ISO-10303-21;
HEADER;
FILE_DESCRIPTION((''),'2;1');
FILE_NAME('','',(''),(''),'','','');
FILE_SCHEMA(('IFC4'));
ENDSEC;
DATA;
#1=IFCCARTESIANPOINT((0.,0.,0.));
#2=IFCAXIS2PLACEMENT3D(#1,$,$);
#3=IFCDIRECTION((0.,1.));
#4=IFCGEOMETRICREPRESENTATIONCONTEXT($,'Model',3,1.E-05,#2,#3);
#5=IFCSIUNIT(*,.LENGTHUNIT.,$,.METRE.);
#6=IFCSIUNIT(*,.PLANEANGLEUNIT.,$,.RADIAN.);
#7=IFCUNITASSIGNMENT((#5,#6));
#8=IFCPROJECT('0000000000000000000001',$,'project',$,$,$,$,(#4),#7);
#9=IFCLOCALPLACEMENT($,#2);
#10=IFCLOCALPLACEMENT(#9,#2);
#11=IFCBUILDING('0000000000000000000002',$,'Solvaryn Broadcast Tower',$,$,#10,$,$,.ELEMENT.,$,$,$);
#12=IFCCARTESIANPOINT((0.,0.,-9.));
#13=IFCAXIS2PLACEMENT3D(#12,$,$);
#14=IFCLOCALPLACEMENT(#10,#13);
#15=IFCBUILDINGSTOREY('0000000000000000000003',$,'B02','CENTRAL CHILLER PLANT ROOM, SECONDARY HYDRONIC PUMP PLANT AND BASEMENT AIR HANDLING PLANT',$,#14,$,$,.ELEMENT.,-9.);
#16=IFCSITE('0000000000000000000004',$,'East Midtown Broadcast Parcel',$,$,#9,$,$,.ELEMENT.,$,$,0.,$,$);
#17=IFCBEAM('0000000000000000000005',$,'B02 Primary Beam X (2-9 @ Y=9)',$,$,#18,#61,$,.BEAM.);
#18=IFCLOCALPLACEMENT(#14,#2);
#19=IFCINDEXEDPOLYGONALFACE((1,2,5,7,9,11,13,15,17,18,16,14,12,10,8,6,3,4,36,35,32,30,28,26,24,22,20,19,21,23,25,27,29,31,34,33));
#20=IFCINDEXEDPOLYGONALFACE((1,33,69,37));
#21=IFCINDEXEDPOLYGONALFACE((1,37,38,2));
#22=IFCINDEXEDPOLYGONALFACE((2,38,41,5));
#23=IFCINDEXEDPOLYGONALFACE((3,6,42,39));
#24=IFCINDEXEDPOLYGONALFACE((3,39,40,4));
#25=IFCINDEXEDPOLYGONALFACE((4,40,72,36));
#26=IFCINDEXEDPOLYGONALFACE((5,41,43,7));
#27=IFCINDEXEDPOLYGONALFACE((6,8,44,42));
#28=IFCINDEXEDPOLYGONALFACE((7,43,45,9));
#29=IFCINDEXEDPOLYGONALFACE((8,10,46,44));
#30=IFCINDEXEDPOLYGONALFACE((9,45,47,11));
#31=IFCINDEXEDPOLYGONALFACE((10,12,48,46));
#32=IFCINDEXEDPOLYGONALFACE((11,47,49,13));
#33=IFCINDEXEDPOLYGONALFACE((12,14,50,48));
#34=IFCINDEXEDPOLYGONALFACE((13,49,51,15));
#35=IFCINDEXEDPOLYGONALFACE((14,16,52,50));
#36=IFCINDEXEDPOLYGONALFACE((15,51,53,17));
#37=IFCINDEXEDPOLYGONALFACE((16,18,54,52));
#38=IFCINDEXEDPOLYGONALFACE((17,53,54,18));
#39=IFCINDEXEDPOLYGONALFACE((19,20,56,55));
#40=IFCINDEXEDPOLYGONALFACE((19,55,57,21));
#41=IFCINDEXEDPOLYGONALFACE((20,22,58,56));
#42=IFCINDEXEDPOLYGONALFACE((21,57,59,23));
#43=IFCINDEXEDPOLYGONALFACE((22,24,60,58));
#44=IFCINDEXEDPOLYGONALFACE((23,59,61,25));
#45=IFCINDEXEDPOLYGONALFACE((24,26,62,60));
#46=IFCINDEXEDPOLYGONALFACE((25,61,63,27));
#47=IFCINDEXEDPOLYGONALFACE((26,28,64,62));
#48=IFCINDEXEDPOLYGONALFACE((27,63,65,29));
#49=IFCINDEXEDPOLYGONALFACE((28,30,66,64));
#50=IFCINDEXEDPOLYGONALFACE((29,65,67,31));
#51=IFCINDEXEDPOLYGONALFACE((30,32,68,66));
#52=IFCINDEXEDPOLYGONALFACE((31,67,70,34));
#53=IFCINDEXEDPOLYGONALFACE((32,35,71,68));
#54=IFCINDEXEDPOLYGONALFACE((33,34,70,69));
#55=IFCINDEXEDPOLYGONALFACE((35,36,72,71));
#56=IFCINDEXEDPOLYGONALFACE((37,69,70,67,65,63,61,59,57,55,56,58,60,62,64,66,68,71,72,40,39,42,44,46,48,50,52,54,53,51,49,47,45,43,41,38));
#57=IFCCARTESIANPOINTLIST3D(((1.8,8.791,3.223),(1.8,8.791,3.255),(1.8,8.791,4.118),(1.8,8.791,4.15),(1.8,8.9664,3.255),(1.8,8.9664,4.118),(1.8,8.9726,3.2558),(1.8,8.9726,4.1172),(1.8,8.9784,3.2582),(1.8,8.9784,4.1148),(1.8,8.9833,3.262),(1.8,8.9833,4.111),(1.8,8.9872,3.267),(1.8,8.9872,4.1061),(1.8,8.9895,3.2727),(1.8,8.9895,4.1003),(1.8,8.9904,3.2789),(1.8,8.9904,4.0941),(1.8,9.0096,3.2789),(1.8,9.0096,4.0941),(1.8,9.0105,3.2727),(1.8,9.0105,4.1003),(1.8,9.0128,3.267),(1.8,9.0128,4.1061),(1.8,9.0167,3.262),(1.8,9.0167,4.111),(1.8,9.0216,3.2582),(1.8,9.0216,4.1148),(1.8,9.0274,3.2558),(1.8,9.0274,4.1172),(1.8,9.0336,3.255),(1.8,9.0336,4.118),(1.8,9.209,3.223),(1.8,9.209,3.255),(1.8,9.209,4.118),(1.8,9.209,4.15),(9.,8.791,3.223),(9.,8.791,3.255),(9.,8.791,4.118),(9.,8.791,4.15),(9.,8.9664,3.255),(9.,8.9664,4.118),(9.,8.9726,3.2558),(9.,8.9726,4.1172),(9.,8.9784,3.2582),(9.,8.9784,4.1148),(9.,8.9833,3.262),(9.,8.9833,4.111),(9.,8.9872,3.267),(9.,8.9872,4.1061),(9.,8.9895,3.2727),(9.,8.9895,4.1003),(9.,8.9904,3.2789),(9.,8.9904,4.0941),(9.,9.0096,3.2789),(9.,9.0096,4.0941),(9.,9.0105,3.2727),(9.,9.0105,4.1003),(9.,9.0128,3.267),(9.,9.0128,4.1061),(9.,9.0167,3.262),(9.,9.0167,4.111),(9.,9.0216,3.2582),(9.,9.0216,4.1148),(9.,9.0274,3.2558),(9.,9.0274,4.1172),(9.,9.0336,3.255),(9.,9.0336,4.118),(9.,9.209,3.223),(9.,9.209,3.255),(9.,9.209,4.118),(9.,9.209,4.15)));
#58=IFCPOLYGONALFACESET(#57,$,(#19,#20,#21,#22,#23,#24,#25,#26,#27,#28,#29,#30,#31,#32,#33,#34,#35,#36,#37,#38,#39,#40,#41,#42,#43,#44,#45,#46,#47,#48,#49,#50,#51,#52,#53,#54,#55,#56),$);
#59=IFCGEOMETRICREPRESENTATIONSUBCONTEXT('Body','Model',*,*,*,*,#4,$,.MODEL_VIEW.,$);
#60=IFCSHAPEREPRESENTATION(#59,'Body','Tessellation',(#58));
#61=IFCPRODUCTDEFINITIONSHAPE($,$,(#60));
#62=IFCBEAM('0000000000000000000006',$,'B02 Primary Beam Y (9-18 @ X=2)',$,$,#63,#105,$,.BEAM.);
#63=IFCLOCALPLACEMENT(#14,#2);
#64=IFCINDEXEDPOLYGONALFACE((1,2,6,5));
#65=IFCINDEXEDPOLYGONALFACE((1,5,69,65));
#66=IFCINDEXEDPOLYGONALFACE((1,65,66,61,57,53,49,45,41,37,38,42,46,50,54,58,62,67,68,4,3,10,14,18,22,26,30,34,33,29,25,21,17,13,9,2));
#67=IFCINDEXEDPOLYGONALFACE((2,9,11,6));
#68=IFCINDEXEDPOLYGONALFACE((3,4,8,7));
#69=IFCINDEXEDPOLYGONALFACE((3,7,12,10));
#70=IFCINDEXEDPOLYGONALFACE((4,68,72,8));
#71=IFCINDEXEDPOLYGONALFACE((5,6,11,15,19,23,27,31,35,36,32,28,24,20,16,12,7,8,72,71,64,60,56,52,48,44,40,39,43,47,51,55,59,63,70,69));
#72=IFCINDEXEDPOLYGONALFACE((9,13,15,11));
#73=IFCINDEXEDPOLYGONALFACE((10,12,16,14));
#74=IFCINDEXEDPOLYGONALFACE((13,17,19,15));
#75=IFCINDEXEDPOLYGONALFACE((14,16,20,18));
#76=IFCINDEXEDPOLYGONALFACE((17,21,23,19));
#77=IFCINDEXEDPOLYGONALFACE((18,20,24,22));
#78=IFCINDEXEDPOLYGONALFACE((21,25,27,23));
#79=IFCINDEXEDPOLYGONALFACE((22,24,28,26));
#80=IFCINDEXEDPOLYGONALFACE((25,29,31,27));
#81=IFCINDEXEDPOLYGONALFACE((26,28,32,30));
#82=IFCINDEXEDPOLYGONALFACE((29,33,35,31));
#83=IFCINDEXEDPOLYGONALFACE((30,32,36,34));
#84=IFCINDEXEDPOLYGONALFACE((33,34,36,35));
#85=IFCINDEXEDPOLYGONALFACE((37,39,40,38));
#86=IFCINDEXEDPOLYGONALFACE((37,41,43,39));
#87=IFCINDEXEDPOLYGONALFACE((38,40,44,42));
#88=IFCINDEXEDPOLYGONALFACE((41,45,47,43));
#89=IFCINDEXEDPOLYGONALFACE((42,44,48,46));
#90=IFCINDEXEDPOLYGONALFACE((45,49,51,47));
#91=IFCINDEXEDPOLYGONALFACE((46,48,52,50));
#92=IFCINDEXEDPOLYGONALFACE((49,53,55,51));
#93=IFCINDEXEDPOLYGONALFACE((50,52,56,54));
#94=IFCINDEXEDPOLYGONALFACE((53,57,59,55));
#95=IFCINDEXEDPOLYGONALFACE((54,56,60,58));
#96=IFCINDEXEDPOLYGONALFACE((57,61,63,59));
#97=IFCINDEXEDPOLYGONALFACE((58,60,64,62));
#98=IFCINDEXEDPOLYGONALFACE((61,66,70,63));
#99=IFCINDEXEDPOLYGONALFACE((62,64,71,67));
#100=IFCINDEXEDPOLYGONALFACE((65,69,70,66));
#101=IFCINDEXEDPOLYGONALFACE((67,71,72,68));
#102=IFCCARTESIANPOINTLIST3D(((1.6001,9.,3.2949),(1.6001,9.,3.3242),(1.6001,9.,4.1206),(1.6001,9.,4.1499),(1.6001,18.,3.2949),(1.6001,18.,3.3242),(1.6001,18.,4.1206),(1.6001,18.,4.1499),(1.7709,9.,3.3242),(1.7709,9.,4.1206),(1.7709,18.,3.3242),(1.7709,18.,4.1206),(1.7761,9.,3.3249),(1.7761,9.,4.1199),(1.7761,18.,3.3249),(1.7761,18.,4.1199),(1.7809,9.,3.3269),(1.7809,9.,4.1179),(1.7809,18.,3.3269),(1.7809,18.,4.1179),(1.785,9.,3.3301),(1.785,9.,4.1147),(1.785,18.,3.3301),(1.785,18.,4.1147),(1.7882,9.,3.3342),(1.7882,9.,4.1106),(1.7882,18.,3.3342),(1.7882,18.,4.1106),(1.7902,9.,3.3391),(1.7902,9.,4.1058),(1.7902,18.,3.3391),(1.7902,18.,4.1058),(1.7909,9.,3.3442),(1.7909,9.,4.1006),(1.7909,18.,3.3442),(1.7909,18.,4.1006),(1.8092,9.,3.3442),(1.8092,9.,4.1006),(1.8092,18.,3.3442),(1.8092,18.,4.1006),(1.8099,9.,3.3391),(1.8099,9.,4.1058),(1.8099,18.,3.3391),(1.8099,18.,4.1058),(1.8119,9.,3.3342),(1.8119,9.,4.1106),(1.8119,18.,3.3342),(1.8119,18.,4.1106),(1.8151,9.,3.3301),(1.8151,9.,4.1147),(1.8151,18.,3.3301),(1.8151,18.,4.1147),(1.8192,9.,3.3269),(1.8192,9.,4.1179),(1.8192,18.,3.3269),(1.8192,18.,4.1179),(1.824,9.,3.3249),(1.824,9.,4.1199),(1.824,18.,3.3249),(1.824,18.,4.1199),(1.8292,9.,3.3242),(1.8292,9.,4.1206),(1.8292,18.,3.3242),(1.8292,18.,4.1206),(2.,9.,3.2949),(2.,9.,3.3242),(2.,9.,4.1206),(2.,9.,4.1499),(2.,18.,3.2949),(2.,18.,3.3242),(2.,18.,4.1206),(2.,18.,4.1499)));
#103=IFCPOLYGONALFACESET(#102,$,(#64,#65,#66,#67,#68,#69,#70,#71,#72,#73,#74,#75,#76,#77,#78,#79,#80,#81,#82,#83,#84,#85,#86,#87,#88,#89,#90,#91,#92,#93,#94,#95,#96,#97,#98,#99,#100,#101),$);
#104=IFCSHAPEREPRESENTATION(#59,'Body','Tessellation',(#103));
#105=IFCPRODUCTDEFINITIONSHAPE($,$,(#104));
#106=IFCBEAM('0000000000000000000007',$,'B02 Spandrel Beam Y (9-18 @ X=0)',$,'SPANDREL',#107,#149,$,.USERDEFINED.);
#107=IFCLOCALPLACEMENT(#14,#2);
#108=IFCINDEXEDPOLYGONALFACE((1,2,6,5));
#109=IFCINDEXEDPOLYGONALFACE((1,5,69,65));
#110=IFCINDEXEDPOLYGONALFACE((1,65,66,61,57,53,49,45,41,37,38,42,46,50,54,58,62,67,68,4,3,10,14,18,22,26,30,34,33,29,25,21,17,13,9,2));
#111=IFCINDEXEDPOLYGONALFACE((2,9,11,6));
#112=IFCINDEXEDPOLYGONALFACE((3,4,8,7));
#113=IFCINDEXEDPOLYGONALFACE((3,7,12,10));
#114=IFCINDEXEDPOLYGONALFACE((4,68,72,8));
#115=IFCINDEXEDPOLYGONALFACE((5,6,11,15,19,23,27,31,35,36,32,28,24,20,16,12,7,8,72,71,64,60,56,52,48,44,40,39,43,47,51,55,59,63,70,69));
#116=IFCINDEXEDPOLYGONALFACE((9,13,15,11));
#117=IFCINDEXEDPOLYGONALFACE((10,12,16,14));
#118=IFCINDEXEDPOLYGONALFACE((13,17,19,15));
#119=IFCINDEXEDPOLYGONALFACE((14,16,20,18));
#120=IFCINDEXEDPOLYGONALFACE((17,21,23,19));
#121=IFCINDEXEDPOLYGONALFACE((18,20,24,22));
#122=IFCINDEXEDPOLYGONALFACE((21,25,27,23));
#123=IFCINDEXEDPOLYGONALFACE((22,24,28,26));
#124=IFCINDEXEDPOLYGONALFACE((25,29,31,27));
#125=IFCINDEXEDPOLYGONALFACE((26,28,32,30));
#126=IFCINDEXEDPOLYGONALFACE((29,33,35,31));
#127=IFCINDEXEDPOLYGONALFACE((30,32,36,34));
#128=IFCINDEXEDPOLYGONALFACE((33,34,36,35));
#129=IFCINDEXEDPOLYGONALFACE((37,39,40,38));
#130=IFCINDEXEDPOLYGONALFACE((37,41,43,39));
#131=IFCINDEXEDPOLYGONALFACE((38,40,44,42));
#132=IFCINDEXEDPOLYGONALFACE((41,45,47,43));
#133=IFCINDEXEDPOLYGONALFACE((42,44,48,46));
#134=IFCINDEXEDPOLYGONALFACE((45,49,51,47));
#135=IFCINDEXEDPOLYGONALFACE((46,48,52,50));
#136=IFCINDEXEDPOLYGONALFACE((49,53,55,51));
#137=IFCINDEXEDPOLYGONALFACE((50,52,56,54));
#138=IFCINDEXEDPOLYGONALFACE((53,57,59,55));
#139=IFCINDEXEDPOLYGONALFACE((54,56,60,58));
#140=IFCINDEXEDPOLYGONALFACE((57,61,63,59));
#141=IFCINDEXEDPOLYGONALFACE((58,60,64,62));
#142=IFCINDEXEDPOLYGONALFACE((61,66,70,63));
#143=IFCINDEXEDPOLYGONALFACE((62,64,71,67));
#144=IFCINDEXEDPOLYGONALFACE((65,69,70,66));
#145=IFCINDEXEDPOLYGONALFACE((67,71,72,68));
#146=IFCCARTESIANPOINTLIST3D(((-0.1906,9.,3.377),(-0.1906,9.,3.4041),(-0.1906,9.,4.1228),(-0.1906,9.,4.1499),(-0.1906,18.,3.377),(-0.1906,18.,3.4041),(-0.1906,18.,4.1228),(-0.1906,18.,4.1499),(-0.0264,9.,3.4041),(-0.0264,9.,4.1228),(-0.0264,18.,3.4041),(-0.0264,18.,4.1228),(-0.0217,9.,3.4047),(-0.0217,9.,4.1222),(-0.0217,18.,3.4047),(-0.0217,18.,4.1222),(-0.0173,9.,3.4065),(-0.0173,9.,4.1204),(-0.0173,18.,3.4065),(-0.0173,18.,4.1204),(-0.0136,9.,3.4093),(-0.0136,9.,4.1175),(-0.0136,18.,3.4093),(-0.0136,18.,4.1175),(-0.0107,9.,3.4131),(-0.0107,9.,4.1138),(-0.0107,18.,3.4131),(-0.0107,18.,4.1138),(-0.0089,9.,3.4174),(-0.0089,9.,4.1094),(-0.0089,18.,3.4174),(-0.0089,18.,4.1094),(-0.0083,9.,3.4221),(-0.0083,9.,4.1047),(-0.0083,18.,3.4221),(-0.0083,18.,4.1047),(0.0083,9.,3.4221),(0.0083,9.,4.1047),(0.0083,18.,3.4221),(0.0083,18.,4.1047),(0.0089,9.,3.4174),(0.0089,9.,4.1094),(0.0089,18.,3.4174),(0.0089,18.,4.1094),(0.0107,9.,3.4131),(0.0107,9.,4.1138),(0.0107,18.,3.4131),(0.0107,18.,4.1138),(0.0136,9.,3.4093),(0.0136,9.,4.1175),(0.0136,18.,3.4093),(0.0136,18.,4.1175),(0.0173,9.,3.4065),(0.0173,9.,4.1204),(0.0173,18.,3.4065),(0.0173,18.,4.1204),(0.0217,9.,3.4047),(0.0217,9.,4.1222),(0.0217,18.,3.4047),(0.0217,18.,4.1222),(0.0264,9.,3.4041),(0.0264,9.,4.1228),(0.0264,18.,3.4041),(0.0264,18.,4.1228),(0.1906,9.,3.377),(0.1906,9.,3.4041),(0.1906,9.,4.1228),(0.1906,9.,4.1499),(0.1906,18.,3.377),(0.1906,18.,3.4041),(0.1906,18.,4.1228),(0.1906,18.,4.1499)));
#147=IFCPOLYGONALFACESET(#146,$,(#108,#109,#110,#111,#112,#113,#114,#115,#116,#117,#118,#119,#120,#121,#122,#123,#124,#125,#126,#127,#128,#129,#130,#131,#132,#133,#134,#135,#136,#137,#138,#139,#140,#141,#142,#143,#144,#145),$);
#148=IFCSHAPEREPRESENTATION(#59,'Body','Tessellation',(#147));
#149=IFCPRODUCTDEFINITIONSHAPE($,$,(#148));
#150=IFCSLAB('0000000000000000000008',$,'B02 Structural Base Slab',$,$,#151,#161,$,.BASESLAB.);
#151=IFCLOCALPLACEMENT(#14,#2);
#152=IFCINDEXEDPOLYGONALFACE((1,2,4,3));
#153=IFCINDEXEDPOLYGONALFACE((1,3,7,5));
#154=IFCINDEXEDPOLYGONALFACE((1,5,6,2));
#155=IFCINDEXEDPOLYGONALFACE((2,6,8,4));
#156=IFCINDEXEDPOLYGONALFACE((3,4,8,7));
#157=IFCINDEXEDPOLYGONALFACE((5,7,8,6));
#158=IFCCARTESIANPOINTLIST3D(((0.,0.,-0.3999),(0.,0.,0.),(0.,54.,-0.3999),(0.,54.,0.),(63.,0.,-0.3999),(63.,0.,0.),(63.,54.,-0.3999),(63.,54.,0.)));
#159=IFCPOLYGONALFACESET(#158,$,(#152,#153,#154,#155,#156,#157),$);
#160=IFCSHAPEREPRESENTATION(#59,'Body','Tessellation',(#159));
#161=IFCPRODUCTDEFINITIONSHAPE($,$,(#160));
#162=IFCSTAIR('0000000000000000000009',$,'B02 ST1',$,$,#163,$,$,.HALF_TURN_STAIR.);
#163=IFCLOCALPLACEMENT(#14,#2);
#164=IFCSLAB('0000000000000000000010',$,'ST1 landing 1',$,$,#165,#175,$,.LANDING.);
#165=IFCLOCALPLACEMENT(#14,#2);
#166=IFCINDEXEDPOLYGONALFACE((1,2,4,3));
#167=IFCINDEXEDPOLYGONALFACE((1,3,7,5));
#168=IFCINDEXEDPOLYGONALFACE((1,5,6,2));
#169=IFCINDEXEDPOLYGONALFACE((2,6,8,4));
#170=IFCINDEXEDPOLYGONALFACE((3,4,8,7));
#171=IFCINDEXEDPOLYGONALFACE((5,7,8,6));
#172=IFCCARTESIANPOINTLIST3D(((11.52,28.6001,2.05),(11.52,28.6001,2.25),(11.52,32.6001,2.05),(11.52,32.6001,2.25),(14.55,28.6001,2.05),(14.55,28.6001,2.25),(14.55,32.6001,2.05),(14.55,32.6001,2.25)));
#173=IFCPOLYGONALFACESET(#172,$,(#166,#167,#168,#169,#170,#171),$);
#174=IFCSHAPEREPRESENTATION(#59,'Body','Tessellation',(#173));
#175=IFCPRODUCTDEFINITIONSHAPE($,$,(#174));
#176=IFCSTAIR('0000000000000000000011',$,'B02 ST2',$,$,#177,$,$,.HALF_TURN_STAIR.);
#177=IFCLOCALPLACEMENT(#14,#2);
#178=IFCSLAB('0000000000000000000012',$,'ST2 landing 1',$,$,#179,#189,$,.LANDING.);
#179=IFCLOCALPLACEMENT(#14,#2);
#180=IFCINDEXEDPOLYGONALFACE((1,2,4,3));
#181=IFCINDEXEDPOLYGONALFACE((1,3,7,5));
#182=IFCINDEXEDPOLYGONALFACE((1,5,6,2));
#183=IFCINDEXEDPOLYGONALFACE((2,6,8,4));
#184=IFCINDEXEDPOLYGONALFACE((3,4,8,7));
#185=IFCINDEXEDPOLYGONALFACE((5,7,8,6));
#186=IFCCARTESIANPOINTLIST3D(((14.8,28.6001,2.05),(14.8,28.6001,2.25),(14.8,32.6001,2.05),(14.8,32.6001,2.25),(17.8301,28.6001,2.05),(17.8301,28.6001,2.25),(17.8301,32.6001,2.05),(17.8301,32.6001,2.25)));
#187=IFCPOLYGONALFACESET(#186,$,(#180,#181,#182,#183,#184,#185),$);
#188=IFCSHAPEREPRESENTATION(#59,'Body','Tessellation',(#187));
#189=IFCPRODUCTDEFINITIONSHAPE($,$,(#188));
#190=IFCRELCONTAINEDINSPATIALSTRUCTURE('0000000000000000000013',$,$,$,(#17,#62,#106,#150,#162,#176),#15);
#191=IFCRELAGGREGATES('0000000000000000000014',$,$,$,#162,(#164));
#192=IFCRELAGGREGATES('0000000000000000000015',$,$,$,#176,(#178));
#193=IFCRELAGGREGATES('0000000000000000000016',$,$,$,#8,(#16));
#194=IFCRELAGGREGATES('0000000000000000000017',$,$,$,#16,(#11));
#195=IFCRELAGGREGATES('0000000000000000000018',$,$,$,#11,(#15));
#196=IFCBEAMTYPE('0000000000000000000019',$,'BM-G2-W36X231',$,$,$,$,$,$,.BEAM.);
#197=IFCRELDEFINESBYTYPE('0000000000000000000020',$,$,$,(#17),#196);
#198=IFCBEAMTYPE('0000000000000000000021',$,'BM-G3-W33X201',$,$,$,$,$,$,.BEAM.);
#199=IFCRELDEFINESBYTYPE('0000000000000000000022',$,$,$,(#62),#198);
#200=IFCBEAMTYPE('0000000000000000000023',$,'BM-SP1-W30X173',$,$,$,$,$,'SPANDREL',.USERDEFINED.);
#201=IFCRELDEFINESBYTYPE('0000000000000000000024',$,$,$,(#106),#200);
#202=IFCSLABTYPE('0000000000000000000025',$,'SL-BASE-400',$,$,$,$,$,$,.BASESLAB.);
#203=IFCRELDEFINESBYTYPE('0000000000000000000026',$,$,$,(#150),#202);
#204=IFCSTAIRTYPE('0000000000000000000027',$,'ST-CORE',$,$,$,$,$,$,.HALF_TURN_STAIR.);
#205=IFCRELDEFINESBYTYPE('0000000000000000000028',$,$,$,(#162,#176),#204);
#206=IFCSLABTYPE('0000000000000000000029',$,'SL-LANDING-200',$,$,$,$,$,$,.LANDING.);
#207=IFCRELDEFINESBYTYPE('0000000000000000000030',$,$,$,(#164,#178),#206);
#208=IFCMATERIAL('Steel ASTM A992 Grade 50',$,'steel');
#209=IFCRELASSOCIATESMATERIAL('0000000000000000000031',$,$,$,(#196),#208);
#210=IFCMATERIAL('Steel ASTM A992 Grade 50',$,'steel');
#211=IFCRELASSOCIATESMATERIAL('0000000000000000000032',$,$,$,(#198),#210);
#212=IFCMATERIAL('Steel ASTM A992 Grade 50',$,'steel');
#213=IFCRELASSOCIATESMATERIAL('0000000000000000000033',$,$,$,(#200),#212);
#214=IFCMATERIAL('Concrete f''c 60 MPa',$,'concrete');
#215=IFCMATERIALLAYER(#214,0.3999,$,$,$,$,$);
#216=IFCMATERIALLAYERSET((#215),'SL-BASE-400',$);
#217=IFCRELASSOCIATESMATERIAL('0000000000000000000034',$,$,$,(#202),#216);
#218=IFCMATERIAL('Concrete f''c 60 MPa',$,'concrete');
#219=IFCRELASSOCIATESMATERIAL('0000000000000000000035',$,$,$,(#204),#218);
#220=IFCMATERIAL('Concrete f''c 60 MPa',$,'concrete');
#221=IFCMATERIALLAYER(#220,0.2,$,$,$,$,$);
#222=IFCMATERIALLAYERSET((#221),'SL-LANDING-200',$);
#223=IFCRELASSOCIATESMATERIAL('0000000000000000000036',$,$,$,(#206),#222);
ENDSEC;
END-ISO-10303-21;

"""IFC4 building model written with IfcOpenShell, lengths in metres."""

from ifc_helpers import new_model, si_unit, direction, frame, origin, origin_2d, place, context, subcontext, project, spatial, polyline, i_section, outline, extrude, material, layer, layer_set, material_profile, profile_set, type_object, element, aggregate, save


model = new_model("IFC4")

# Units and contexts
model_context = context("Model", 3, precision=1e-05, world=origin(), true_north=direction((0.0, 1.0)))
body_context = subcontext(model_context, "Body", "Model", "MODEL_VIEW")
ifc_project = project(units=[si_unit("LENGTHUNIT", "METRE"), si_unit("PLANEANGLEUNIT", "RADIAN")], contexts=[model_context])

# Site, building, storey
site_placement = place(None, origin())
site = spatial("IfcSite", under=ifc_project, at=site_placement, Name="East Midtown Broadcast Parcel", CompositionType="ELEMENT", RefElevation=0.0)
building_placement = place(site_placement, origin())
building = spatial("IfcBuilding", under=site, at=building_placement, Name="Solvaryn Broadcast Tower", CompositionType="ELEMENT")
storey_placement = place(building_placement, frame((0.0, 0.0, -9.0)))
storey = spatial("IfcBuildingStorey", under=building, at=storey_placement, Name="B02", Description="CENTRAL CHILLER PLANT ROOM, SECONDARY HYDRONIC PUMP PLANT AND BASEMENT AIR HANDLING PLANT", CompositionType="ELEMENT", Elevation=-9.0)

# Beams
ifc_material_1 = material(Name="Steel ASTM A992 Grade 50", Category="steel")
ifc_material_profile_1 = material_profile(ifc_material_1, i_section(OverallWidth=0.418, OverallDepth=0.927, WebThickness=0.0193, FlangeThickness=0.032, FilletRadius=0.0239, at=origin_2d()))
ifc_profile_set_1 = profile_set([ifc_material_profile_1], Name="Steel ASTM A992 Grade 50")
beam_type_1 = type_object("IfcBeamType", Name="BM-G2-W36X231", PredefinedType="BEAM", material=ifc_profile_set_1)
beam_1_placement = place(storey_placement, frame((1.8, 9.0, 3.6865), z_axis=(1.0, 0.0, 0.0), x_axis=(0.0, 1.0, 0.0)))
element("IfcBeam", 1, at=beam_1_placement, inside=storey, type_object=beam_type_1, Name="B02 Primary Beam X (2-9 @ Y=9)", PredefinedType="BEAM", context=body_context, shape_type="SweptSolid", body=[
    extrude(i_section(OverallWidth=0.418, OverallDepth=0.927, WebThickness=0.0193, FlangeThickness=0.032, FilletRadius=0.0239, at=origin_2d()), origin(), (0.0, 0.0, 1.0), 7.2),
])
ifc_material_2 = material(Name="Steel ASTM A992 Grade 50", Category="steel")
ifc_material_profile_2 = material_profile(ifc_material_2, i_section(OverallWidth=0.3999, OverallDepth=0.855, WebThickness=0.0183, FlangeThickness=0.0293, FilletRadius=0.02, at=origin_2d()))
ifc_profile_set_2 = profile_set([ifc_material_profile_2], Name="Steel ASTM A992 Grade 50")
beam_type_2 = type_object("IfcBeamType", Name="BM-G3-W33X201", PredefinedType="BEAM", material=ifc_profile_set_2)
beam_2_placement = place(storey_placement, frame((1.8, 9.0, 3.7224), z_axis=(0.0, 1.0, 0.0), x_axis=(-1.0, 0.0, 0.0)))
element("IfcBeam", 2, at=beam_2_placement, inside=storey, type_object=beam_type_2, Name="B02 Primary Beam Y (9-18 @ X=2)", PredefinedType="BEAM", context=body_context, shape_type="SweptSolid", body=[
    extrude(i_section(OverallWidth=0.3999, OverallDepth=0.855, WebThickness=0.0183, FlangeThickness=0.0293, FilletRadius=0.02, at=origin_2d()), origin(), (0.0, 0.0, 1.0), 9.0),
])
ifc_material_3 = material(Name="Steel ASTM A992 Grade 50", Category="steel")
ifc_material_profile_3 = material_profile(ifc_material_3, i_section(OverallWidth=0.3811, OverallDepth=0.7729, WebThickness=0.0166, FlangeThickness=0.0271, FilletRadius=0.0181, at=origin_2d()))
ifc_profile_set_3 = profile_set([ifc_material_profile_3], Name="Steel ASTM A992 Grade 50")
beam_type_3 = type_object("IfcBeamType", Name="BM-SP1-W30X173", ElementType="SPANDREL", PredefinedType="USERDEFINED", material=ifc_profile_set_3)
beam_3_placement = place(storey_placement, frame((0.0, 9.0, 3.7634), z_axis=(0.0, 1.0, 0.0), x_axis=(-1.0, 0.0, 0.0)))
element("IfcBeam", 3, at=beam_3_placement, inside=storey, type_object=beam_type_3, Name="B02 Spandrel Beam Y (9-18 @ X=0)", ObjectType="SPANDREL", PredefinedType="USERDEFINED", context=body_context, shape_type="SweptSolid", body=[
    extrude(i_section(OverallWidth=0.3811, OverallDepth=0.7729, WebThickness=0.0166, FlangeThickness=0.0271, FilletRadius=0.0181, at=origin_2d()), origin(), (0.0, 0.0, 1.0), 9.0),
])

# Slab
ifc_material_4 = material(Name="Concrete f'c 60 MPa", Category="concrete")
ifc_layer_1 = layer(ifc_material_4, 0.3999)
ifc_layer_set_1 = layer_set([ifc_layer_1], Name="SL-BASE-400")
slab_type_1 = type_object("IfcSlabType", Name="SL-BASE-400", PredefinedType="BASESLAB", material=ifc_layer_set_1)
slab_1_placement = place(storey_placement, frame((0.0, 0.0, -0.3999)))
element("IfcSlab", 4, at=slab_1_placement, inside=storey, type_object=slab_type_1, Name="B02 Structural Base Slab", PredefinedType="BASESLAB", context=body_context, shape_type="SweptSolid", body=[
    extrude(outline(polyline([(0.0, 0.0), (63.0, 0.0), (63.0, 54.0), (0.0, 54.0), (0.0, 0.0)])), origin(), (0.0, 0.0, 1.0), 0.3999),
])

# Stairs, slabs
ifc_material_5 = material(Name="Concrete f'c 60 MPa", Category="concrete")
stair_type = type_object("IfcStairType", Name="ST-CORE", PredefinedType="HALF_TURN_STAIR", material=ifc_material_5)
stair_1_placement = place(storey_placement, origin())
stair_1 = element("IfcStair", 5, at=stair_1_placement, inside=storey, type_object=stair_type, Name="B02 ST1", PredefinedType="HALF_TURN_STAIR")
ifc_material_6 = material(Name="Concrete f'c 60 MPa", Category="concrete")
ifc_layer_2 = layer(ifc_material_6, 0.2)
ifc_layer_set_2 = layer_set([ifc_layer_2], Name="SL-LANDING-200")
slab_type_2 = type_object("IfcSlabType", Name="SL-LANDING-200", PredefinedType="LANDING", material=ifc_layer_set_2)
slab_2_placement = place(storey_placement, frame((0.0, 0.0, 2.05)))
slab_2 = element("IfcSlab", 6, at=slab_2_placement, type_object=slab_type_2, Name="ST1 landing 1", PredefinedType="LANDING", context=body_context, shape_type="SweptSolid", body=[
    extrude(outline(polyline([(11.52, 32.6001), (11.52, 28.6001), (14.55, 28.6001), (14.55, 32.6001), (11.52, 32.6001)])), origin(), (0.0, 0.0, 1.0), 0.2),
])
aggregate(stair_1, [slab_2])
stair_2_placement = place(storey_placement, origin())
stair_2 = element("IfcStair", 7, at=stair_2_placement, inside=storey, type_object=stair_type, Name="B02 ST2", PredefinedType="HALF_TURN_STAIR")
slab_3_placement = place(storey_placement, frame((0.0, 0.0, 2.05)))
slab_3 = element("IfcSlab", 8, at=slab_3_placement, type_object=slab_type_2, Name="ST2 landing 1", PredefinedType="LANDING", context=body_context, shape_type="SweptSolid", body=[
    extrude(outline(polyline([(14.8, 32.6001), (14.8, 28.6001), (17.8301, 28.6001), (17.8301, 32.6001), (14.8, 32.6001)])), origin(), (0.0, 0.0, 1.0), 0.2),
])
aggregate(stair_2, [slab_3])

save(model, "model.ifc")
